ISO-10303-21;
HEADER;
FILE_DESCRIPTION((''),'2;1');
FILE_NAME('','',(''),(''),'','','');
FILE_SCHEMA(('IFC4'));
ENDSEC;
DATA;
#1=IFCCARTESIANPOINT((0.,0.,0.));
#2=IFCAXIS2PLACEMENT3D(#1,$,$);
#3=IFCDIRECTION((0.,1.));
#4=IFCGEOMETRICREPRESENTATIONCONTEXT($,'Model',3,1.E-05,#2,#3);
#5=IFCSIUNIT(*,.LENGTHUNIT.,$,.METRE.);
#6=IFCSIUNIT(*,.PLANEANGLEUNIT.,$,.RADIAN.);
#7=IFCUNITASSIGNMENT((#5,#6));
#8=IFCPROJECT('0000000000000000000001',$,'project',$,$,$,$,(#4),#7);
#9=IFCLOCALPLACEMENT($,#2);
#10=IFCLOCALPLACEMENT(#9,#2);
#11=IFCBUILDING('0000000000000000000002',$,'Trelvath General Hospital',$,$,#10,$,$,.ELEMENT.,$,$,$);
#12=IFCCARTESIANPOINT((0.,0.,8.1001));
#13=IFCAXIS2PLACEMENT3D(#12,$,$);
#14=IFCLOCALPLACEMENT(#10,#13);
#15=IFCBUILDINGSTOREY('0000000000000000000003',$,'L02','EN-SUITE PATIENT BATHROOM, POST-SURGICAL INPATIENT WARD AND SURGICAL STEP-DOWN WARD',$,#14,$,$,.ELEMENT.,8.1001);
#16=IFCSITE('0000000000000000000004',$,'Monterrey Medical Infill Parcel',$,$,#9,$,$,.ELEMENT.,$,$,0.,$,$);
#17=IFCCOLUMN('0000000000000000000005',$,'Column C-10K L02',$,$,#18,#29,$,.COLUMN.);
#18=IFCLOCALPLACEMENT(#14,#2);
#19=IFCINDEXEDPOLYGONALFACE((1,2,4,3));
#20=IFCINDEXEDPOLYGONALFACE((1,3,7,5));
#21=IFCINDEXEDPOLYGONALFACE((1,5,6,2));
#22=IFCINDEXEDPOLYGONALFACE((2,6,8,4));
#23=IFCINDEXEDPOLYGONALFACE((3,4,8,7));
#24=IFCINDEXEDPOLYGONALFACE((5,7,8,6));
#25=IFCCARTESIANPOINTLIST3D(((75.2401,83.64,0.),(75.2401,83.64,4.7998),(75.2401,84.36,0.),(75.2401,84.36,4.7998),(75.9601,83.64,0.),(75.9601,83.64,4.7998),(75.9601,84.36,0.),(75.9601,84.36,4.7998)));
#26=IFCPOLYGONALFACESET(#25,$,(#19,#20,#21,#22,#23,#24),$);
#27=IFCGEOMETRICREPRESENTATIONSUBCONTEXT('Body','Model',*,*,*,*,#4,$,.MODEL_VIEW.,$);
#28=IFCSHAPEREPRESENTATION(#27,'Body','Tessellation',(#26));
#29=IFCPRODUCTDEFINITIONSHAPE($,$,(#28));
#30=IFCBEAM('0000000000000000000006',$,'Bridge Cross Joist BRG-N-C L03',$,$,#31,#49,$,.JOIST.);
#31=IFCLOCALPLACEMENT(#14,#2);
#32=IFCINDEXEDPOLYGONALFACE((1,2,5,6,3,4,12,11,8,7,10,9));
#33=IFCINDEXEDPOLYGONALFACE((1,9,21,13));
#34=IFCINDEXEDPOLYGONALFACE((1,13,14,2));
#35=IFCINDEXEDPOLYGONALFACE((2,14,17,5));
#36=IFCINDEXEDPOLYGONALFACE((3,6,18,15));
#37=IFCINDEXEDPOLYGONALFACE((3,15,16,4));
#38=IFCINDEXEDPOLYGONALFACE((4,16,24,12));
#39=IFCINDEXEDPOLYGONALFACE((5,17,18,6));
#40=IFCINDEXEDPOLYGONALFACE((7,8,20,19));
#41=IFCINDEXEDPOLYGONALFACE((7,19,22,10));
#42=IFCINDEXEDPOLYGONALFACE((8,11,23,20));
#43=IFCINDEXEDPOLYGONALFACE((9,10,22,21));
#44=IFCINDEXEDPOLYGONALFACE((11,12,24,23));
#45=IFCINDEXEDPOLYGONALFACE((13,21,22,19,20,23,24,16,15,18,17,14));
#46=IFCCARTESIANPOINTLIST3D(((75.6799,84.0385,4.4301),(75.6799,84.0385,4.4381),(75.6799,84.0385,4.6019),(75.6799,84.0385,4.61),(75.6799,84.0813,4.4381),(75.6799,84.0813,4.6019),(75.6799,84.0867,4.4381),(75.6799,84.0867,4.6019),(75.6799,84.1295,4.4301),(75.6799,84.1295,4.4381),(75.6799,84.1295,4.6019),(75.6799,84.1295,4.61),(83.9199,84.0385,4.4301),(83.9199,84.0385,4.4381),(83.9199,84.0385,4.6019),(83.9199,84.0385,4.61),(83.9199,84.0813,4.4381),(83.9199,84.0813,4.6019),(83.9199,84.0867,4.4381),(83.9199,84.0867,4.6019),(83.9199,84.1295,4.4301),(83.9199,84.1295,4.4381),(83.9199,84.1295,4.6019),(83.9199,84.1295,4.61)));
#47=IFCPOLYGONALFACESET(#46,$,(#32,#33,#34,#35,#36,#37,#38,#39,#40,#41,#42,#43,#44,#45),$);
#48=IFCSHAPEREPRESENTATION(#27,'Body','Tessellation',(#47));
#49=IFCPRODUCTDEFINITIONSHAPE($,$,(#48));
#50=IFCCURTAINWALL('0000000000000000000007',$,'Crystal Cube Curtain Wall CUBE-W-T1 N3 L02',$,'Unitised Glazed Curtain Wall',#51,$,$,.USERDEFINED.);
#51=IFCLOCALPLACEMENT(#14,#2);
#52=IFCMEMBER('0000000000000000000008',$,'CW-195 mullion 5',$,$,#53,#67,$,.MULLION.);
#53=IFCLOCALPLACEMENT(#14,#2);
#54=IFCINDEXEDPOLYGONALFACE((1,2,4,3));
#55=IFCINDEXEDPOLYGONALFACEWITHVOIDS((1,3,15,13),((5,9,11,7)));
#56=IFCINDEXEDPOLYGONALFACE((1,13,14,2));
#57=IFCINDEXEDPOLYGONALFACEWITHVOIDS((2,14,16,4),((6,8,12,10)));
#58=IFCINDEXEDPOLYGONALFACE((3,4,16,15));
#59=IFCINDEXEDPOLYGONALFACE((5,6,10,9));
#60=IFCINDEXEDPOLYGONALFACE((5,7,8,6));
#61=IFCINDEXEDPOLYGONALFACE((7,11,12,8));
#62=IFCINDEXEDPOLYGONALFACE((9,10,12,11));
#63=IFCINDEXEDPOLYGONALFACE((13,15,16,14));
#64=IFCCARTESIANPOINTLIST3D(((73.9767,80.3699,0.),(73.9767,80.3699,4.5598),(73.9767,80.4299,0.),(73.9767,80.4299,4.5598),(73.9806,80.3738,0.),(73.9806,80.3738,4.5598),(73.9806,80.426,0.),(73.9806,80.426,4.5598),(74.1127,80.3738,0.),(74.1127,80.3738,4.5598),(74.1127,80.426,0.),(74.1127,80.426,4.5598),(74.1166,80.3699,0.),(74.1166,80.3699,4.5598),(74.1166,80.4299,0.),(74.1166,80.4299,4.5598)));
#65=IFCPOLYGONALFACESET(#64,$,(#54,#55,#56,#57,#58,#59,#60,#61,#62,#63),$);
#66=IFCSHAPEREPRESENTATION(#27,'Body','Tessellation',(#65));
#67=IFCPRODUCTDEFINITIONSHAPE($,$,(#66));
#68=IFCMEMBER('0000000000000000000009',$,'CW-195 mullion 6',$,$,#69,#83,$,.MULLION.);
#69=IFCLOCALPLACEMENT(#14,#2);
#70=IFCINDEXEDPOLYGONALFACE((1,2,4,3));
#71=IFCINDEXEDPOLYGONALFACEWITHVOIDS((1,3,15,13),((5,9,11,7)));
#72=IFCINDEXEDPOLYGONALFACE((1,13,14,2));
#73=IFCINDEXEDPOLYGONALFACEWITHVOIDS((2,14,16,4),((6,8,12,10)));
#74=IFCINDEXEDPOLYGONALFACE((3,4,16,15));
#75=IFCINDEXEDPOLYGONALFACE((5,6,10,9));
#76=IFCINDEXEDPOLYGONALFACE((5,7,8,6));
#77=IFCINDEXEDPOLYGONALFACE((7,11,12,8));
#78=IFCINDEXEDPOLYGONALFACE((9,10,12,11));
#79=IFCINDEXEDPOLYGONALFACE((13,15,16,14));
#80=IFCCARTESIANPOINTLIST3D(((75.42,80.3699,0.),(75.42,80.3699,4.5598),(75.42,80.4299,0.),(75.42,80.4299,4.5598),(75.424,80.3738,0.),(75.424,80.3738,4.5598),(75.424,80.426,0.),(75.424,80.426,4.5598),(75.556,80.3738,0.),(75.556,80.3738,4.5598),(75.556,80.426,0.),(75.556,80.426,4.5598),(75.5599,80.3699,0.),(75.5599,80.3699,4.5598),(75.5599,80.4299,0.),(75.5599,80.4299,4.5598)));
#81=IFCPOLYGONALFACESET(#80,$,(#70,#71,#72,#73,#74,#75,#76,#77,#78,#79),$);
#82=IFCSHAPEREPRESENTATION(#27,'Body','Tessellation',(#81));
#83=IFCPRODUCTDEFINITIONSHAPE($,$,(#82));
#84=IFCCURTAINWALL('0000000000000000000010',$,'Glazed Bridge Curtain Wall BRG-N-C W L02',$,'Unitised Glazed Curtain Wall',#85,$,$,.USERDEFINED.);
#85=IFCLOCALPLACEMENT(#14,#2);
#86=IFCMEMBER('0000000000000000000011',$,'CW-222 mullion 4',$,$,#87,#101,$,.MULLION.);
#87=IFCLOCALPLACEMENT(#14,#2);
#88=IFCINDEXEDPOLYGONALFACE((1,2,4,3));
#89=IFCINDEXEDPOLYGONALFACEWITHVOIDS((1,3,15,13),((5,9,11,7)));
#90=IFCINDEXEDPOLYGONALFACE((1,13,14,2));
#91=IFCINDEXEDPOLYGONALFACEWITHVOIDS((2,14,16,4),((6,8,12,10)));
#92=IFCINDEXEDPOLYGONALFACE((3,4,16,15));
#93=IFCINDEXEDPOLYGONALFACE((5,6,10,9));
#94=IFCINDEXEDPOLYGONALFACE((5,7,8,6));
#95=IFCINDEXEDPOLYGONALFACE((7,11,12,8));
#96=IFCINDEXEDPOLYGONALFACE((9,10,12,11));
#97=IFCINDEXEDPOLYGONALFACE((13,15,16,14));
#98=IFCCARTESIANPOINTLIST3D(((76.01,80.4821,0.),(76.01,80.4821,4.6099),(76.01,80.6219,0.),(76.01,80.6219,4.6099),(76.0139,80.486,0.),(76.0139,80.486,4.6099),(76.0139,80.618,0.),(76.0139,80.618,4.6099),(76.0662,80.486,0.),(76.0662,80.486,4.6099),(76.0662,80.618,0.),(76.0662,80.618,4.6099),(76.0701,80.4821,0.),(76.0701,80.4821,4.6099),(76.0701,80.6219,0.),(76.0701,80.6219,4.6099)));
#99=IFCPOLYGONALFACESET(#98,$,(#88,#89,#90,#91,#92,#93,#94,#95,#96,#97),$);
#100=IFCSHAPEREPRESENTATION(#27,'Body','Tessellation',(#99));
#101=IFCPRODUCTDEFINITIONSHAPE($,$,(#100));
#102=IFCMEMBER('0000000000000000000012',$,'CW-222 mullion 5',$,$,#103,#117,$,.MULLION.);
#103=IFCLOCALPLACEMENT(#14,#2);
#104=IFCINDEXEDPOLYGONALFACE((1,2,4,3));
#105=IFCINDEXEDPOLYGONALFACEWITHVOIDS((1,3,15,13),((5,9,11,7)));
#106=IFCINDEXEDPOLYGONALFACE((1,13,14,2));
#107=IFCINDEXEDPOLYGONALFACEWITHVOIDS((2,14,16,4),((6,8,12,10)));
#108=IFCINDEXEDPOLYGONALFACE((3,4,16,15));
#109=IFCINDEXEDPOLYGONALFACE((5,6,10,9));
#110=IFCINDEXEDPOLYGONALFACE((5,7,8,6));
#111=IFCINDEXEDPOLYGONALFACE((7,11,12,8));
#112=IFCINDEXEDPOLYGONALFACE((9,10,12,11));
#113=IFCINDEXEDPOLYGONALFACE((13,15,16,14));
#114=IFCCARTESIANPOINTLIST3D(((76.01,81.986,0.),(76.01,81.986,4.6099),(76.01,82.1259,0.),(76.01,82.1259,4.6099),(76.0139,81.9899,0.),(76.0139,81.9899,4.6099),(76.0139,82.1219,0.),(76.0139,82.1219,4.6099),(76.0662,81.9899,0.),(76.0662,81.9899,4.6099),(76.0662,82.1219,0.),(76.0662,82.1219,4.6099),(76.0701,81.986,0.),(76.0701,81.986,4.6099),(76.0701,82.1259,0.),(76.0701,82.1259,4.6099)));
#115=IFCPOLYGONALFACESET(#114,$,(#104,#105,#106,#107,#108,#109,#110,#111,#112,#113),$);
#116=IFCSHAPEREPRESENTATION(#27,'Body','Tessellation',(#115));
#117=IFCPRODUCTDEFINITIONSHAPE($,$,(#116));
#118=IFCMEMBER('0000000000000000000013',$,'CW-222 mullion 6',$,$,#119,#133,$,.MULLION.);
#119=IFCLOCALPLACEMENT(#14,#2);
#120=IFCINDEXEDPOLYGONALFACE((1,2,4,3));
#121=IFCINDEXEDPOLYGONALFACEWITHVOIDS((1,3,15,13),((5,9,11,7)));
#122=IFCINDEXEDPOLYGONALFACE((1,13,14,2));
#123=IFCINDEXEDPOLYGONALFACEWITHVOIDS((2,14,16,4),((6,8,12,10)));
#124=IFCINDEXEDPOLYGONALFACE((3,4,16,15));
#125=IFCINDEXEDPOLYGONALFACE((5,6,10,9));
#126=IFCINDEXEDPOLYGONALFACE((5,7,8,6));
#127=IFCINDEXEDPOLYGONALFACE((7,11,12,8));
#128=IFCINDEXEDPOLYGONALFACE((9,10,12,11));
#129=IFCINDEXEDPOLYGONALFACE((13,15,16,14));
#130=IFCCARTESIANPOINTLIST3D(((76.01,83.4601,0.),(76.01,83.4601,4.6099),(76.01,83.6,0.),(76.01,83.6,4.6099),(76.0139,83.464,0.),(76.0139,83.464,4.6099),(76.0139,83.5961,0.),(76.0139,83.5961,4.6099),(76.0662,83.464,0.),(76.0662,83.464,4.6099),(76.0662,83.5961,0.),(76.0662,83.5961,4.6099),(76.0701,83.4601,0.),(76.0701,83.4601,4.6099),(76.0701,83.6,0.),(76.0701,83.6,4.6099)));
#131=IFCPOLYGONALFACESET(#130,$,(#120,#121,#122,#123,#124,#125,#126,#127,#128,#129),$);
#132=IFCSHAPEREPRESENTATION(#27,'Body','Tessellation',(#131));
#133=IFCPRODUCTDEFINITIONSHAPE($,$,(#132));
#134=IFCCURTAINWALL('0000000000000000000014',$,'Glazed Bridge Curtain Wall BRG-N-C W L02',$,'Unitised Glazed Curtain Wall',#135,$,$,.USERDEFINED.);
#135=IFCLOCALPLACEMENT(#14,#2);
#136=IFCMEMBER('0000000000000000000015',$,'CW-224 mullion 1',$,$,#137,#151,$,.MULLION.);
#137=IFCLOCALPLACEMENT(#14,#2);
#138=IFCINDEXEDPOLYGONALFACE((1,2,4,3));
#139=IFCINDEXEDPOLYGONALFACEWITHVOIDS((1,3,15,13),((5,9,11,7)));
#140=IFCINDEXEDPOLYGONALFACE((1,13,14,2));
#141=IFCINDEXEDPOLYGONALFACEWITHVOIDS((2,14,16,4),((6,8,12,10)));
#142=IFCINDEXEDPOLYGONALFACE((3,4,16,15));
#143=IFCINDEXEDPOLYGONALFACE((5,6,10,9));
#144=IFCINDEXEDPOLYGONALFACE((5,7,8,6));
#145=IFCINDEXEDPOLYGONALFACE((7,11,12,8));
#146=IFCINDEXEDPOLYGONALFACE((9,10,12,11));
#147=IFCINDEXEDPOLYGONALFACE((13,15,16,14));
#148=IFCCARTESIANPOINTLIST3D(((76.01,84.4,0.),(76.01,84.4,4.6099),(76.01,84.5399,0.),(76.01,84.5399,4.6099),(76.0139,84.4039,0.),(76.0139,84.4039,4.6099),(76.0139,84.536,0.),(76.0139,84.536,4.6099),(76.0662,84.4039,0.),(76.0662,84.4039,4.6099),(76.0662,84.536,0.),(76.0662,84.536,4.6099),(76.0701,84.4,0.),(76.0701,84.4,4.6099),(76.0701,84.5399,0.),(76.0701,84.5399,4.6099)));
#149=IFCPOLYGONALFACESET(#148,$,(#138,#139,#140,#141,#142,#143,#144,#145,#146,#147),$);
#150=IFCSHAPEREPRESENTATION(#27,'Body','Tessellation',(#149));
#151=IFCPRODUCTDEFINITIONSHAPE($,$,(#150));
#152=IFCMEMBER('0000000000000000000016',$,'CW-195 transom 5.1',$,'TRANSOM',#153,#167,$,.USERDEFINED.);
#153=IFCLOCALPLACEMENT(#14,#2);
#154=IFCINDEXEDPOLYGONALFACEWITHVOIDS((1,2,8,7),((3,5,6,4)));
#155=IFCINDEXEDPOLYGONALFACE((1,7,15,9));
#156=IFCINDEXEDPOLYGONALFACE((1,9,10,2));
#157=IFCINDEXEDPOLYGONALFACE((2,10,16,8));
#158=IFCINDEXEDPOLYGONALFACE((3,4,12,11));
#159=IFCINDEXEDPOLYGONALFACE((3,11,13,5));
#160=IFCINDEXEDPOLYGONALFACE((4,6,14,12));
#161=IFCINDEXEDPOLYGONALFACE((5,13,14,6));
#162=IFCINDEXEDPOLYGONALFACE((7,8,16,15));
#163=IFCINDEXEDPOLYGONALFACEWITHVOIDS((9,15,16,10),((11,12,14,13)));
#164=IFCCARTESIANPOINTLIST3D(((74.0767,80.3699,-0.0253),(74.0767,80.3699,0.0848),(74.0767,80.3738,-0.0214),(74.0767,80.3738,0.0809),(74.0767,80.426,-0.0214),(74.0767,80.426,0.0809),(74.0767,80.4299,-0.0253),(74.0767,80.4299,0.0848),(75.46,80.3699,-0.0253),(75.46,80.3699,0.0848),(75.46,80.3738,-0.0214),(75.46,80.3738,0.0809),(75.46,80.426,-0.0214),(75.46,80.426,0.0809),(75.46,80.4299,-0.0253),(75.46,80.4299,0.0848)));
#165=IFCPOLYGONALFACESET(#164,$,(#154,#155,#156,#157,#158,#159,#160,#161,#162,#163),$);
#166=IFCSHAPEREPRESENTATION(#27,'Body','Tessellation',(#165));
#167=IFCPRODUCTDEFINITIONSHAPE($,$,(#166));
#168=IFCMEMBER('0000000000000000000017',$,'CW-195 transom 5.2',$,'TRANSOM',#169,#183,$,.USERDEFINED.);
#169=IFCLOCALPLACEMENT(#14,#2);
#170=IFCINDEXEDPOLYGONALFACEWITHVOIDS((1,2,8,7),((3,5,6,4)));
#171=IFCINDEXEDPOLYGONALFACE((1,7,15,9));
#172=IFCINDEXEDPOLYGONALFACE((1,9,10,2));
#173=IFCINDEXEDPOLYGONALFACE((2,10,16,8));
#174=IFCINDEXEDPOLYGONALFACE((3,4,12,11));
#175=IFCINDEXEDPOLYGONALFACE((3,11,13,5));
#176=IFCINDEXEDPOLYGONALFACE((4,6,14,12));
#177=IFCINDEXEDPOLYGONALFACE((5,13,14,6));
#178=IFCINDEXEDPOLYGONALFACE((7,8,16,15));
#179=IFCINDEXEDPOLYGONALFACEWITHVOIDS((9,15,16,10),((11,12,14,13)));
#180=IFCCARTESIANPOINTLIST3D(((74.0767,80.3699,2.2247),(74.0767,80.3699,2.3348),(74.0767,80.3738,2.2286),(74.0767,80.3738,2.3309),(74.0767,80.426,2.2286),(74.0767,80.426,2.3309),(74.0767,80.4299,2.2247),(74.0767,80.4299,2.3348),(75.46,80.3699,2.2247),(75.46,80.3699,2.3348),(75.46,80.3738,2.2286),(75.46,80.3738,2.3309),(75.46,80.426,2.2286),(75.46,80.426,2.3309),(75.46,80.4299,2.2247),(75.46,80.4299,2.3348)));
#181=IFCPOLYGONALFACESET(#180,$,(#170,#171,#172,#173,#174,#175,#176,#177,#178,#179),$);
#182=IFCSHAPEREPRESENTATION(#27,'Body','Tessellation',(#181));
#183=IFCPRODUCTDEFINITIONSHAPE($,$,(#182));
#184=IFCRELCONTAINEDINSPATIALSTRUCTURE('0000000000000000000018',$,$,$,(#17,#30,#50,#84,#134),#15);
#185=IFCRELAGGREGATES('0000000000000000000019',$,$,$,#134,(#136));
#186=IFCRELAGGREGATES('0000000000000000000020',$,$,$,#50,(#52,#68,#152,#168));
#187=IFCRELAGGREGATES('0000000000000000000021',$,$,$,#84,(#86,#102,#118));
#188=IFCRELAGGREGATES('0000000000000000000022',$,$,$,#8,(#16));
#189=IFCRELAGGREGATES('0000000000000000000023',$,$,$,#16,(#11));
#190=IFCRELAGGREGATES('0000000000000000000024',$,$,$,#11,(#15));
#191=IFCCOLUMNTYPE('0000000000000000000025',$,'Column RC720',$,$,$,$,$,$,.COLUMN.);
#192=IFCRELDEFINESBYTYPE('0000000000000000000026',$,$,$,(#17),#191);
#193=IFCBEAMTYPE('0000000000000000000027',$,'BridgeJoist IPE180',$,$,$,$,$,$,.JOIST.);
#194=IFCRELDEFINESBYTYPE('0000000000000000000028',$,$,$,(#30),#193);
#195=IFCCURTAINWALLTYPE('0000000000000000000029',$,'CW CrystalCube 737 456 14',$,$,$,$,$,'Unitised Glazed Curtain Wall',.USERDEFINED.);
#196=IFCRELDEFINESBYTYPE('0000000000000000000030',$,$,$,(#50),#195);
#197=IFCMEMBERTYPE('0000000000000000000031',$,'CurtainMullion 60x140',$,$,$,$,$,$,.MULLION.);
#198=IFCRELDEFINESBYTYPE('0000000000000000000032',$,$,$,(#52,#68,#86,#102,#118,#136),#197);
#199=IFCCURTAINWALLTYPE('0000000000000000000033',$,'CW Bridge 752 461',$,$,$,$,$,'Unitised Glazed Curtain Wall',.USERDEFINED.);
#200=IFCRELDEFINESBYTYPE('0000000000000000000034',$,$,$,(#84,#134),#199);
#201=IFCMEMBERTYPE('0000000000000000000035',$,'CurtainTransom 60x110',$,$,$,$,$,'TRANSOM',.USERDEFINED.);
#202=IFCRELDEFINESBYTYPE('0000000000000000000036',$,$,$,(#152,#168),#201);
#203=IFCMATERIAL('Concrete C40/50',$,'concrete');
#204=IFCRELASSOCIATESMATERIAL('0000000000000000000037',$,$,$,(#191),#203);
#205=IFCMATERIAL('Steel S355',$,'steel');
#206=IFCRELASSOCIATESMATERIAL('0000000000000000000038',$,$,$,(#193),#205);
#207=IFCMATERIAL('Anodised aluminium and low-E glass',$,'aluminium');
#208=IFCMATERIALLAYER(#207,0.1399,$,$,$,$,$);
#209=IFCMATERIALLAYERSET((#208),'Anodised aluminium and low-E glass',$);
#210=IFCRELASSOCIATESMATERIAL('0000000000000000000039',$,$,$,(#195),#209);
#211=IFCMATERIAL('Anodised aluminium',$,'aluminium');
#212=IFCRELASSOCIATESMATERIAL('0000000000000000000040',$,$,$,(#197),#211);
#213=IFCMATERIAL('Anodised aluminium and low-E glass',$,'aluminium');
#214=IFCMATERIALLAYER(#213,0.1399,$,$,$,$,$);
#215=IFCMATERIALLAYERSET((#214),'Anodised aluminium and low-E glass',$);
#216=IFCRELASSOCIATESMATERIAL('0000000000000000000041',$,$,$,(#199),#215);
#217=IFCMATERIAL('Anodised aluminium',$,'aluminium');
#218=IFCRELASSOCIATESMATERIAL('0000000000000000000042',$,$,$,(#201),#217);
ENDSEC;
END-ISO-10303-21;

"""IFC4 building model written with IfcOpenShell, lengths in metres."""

from ifc_helpers import new_model, si_unit, direction, frame, origin, origin_2d, place, context, subcontext, project, spatial, rectangle, hollow_rectangle, i_section, extrude, material, layer, layer_set, material_profile, profile_set, type_object, element, aggregate, save


model = new_model("IFC4")

# Units and contexts
model_context = context("Model", 3, precision=1e-05, world=origin(), true_north=direction((0.0, 1.0)))
body_context = subcontext(model_context, "Body", "Model", "MODEL_VIEW")
ifc_project = project(units=[si_unit("LENGTHUNIT", "METRE"), si_unit("PLANEANGLEUNIT", "RADIAN")], contexts=[model_context])

# Site, building, storey
site_placement = place(None, origin())
site = spatial("IfcSite", under=ifc_project, at=site_placement, Name="Monterrey Medical Infill Parcel", CompositionType="ELEMENT", RefElevation=0.0)
building_placement = place(site_placement, origin())
building = spatial("IfcBuilding", under=site, at=building_placement, Name="Trelvath General Hospital", CompositionType="ELEMENT")
storey_placement = place(building_placement, frame((0.0, 0.0, 8.1001)))
storey = spatial("IfcBuildingStorey", under=building, at=storey_placement, Name="L02", Description="EN-SUITE PATIENT BATHROOM, POST-SURGICAL INPATIENT WARD AND SURGICAL STEP-DOWN WARD", CompositionType="ELEMENT", Elevation=8.1001)

# Column
ifc_material_1 = material(Name="Concrete C40/50", Category="concrete")
ifc_material_profile_1 = material_profile(ifc_material_1, rectangle(XDim=0.72, YDim=0.72, at=origin_2d()), Name="RC720x720")
ifc_profile_set_1 = profile_set([ifc_material_profile_1], Name="Concrete C40/50")
column_type = type_object("IfcColumnType", Name="Column RC720", PredefinedType="COLUMN", material=ifc_profile_set_1)
column_placement = place(storey_placement, frame((75.6001, 84.0, 0.0), z_axis=(0.0, 0.0, 1.0), x_axis=(1.0, 0.0, 0.0)))
element("IfcColumn", 1, at=column_placement, inside=storey, type_object=column_type, Name="Column C-10K L02", PredefinedType="COLUMN", context=body_context, shape_type="SweptSolid", body=[
    extrude(rectangle(XDim=0.72, YDim=0.72, at=origin_2d()), origin(), (0.0, 0.0, 1.0), 4.7998),
])

# Beam
ifc_material_2 = material(Name="Steel S355", Category="steel")
ifc_material_profile_2 = material_profile(ifc_material_2, i_section(OverallWidth=0.0911, OverallDepth=0.1799, WebThickness=0.0054, FlangeThickness=0.0081, at=origin_2d()), Name="IPE180")
ifc_profile_set_2 = profile_set([ifc_material_profile_2], Name="Steel S355")
beam_type = type_object("IfcBeamType", Name="BridgeJoist IPE180", PredefinedType="JOIST", material=ifc_profile_set_2)
beam_placement = place(storey_placement, frame((75.6799, 84.084, 4.52), z_axis=(1.0, 0.0, 0.0), x_axis=(0.0, 1.0, 0.0)))
element("IfcBeam", 2, at=beam_placement, inside=storey, type_object=beam_type, Name="Bridge Cross Joist BRG-N-C L03", PredefinedType="JOIST", context=body_context, shape_type="SweptSolid", body=[
    extrude(i_section(OverallWidth=0.0911, OverallDepth=0.1799, WebThickness=0.0054, FlangeThickness=0.0081, at=origin_2d()), origin(), (0.0, 0.0, 1.0), 8.24),
])

# Curtain walls, members
ifc_material_3 = material(Name="Anodised aluminium and low-E glass", Category="aluminium")
ifc_layer_1 = layer(ifc_material_3, 0.1399)
ifc_layer_set_1 = layer_set([ifc_layer_1], Name="Anodised aluminium and low-E glass")
curtain_wall_type_1 = type_object("IfcCurtainWallType", Name="CW CrystalCube 737 456 14", ElementType="Unitised Glazed Curtain Wall", PredefinedType="USERDEFINED", material=ifc_layer_set_1)
curtain_wall_1_placement = place(storey_placement, origin())
curtain_wall_1 = element("IfcCurtainWall", 3, at=curtain_wall_1_placement, inside=storey, type_object=curtain_wall_type_1, Name="Crystal Cube Curtain Wall CUBE-W-T1 N3 L02", ObjectType="Unitised Glazed Curtain Wall", PredefinedType="USERDEFINED")
ifc_material_4 = material(Name="Anodised aluminium", Category="aluminium")
ifc_material_profile_3 = material_profile(ifc_material_4, hollow_rectangle(XDim=0.0601, YDim=0.1399, WallThickness=0.0039, at=origin_2d()), Name="RHS60x140x4")
ifc_profile_set_3 = profile_set([ifc_material_profile_3], Name="Anodised aluminium")
member_type_1 = type_object("IfcMemberType", Name="CurtainMullion 60x140", PredefinedType="MULLION", material=ifc_profile_set_3)
member_1_placement = place(storey_placement, frame((74.0466, 80.3999, 0.0), z_axis=(0.0, 0.0, 1.0), x_axis=(0.0, 1.0, 0.0)))
member_1 = element("IfcMember", 4, at=member_1_placement, type_object=member_type_1, Name="CW-195 mullion 5", PredefinedType="MULLION", context=body_context, shape_type="SweptSolid", body=[
    extrude(hollow_rectangle(XDim=0.0601, YDim=0.1399, WallThickness=0.0039, at=origin_2d()), origin(), (0.0, 0.0, 1.0), 4.5598),
])
member_2_placement = place(storey_placement, frame((75.49, 80.3999, 0.0), z_axis=(0.0, 0.0, 1.0), x_axis=(0.0, 1.0, 0.0)))
member_2 = element("IfcMember", 5, at=member_2_placement, type_object=member_type_1, Name="CW-195 mullion 6", PredefinedType="MULLION", context=body_context, shape_type="SweptSolid", body=[
    extrude(hollow_rectangle(XDim=0.0601, YDim=0.1399, WallThickness=0.0039, at=origin_2d()), origin(), (0.0, 0.0, 1.0), 4.5598),
])
ifc_material_5 = material(Name="Anodised aluminium and low-E glass", Category="aluminium")
ifc_layer_2 = layer(ifc_material_5, 0.1399)
ifc_layer_set_2 = layer_set([ifc_layer_2], Name="Anodised aluminium and low-E glass")
curtain_wall_type_2 = type_object("IfcCurtainWallType", Name="CW Bridge 752 461", ElementType="Unitised Glazed Curtain Wall", PredefinedType="USERDEFINED", material=ifc_layer_set_2)
curtain_wall_2_placement = place(storey_placement, origin())
curtain_wall_2 = element("IfcCurtainWall", 6, at=curtain_wall_2_placement, inside=storey, type_object=curtain_wall_type_2, Name="Glazed Bridge Curtain Wall BRG-N-C W L02", ObjectType="Unitised Glazed Curtain Wall", PredefinedType="USERDEFINED")
member_3_placement = place(storey_placement, frame((76.04, 80.552, 0.0), z_axis=(0.0, 0.0, 1.0), x_axis=(-1.0, 0.0, 0.0)))
member_3 = element("IfcMember", 7, at=member_3_placement, type_object=member_type_1, Name="CW-222 mullion 4", PredefinedType="MULLION", context=body_context, shape_type="SweptSolid", body=[
    extrude(hollow_rectangle(XDim=0.0601, YDim=0.1399, WallThickness=0.0039, at=origin_2d()), origin(), (0.0, 0.0, 1.0), 4.6099),
])
member_4_placement = place(storey_placement, frame((76.04, 82.0559, 0.0), z_axis=(0.0, 0.0, 1.0), x_axis=(-1.0, 0.0, 0.0)))
member_4 = element("IfcMember", 8, at=member_4_placement, type_object=member_type_1, Name="CW-222 mullion 5", PredefinedType="MULLION", context=body_context, shape_type="SweptSolid", body=[
    extrude(hollow_rectangle(XDim=0.0601, YDim=0.1399, WallThickness=0.0039, at=origin_2d()), origin(), (0.0, 0.0, 1.0), 4.6099),
])
member_5_placement = place(storey_placement, frame((76.04, 83.53, 0.0), z_axis=(0.0, 0.0, 1.0), x_axis=(-1.0, 0.0, 0.0)))
member_5 = element("IfcMember", 9, at=member_5_placement, type_object=member_type_1, Name="CW-222 mullion 6", PredefinedType="MULLION", context=body_context, shape_type="SweptSolid", body=[
    extrude(hollow_rectangle(XDim=0.0601, YDim=0.1399, WallThickness=0.0039, at=origin_2d()), origin(), (0.0, 0.0, 1.0), 4.6099),
])

# Curtain wall, member
curtain_wall_3_placement = place(storey_placement, origin())
curtain_wall_3 = element("IfcCurtainWall", 10, at=curtain_wall_3_placement, inside=storey, type_object=curtain_wall_type_2, Name="Glazed Bridge Curtain Wall BRG-N-C W L02", ObjectType="Unitised Glazed Curtain Wall", PredefinedType="USERDEFINED")
member_6_placement = place(storey_placement, frame((76.04, 84.47, 0.0), z_axis=(0.0, 0.0, 1.0), x_axis=(-1.0, 0.0, 0.0)))
member_6 = element("IfcMember", 11, at=member_6_placement, type_object=member_type_1, Name="CW-224 mullion 1", PredefinedType="MULLION", context=body_context, shape_type="SweptSolid", body=[
    extrude(hollow_rectangle(XDim=0.0601, YDim=0.1399, WallThickness=0.0039, at=origin_2d()), origin(), (0.0, 0.0, 1.0), 4.6099),
])

# Members
ifc_material_6 = material(Name="Anodised aluminium", Category="aluminium")
ifc_material_profile_4 = material_profile(ifc_material_6, hollow_rectangle(XDim=0.0601, YDim=0.1101, WallThickness=0.0039, at=origin_2d()), Name="RHS60x110x4")
ifc_profile_set_4 = profile_set([ifc_material_profile_4], Name="Anodised aluminium")
member_type_2 = type_object("IfcMemberType", Name="CurtainTransom 60x110", ElementType="TRANSOM", PredefinedType="USERDEFINED", material=ifc_profile_set_4)
member_7_placement = place(storey_placement, frame((74.0767, 80.3999, 0.0298), z_axis=(1.0, 0.0, 0.0), x_axis=(0.0, 1.0, 0.0)))
member_7 = element("IfcMember", 12, at=member_7_placement, type_object=member_type_2, Name="CW-195 transom 5.1", ObjectType="TRANSOM", PredefinedType="USERDEFINED", context=body_context, shape_type="SweptSolid", body=[
    extrude(hollow_rectangle(XDim=0.0601, YDim=0.1101, WallThickness=0.0039, at=origin_2d()), origin(), (0.0, 0.0, 1.0), 1.3833),
])
member_8_placement = place(storey_placement, frame((74.0767, 80.3999, 2.2798), z_axis=(1.0, 0.0, 0.0), x_axis=(0.0, 1.0, 0.0)))
member_8 = element("IfcMember", 13, at=member_8_placement, type_object=member_type_2, Name="CW-195 transom 5.2", ObjectType="TRANSOM", PredefinedType="USERDEFINED", context=body_context, shape_type="SweptSolid", body=[
    extrude(hollow_rectangle(XDim=0.0601, YDim=0.1101, WallThickness=0.0039, at=origin_2d()), origin(), (0.0, 0.0, 1.0), 1.3833),
])
aggregate(curtain_wall_3, [member_6])

aggregate(curtain_wall_1, [member_1, member_2, member_7, member_8])
aggregate(curtain_wall_2, [member_3, member_4, member_5])

save(model, "model.ifc")
